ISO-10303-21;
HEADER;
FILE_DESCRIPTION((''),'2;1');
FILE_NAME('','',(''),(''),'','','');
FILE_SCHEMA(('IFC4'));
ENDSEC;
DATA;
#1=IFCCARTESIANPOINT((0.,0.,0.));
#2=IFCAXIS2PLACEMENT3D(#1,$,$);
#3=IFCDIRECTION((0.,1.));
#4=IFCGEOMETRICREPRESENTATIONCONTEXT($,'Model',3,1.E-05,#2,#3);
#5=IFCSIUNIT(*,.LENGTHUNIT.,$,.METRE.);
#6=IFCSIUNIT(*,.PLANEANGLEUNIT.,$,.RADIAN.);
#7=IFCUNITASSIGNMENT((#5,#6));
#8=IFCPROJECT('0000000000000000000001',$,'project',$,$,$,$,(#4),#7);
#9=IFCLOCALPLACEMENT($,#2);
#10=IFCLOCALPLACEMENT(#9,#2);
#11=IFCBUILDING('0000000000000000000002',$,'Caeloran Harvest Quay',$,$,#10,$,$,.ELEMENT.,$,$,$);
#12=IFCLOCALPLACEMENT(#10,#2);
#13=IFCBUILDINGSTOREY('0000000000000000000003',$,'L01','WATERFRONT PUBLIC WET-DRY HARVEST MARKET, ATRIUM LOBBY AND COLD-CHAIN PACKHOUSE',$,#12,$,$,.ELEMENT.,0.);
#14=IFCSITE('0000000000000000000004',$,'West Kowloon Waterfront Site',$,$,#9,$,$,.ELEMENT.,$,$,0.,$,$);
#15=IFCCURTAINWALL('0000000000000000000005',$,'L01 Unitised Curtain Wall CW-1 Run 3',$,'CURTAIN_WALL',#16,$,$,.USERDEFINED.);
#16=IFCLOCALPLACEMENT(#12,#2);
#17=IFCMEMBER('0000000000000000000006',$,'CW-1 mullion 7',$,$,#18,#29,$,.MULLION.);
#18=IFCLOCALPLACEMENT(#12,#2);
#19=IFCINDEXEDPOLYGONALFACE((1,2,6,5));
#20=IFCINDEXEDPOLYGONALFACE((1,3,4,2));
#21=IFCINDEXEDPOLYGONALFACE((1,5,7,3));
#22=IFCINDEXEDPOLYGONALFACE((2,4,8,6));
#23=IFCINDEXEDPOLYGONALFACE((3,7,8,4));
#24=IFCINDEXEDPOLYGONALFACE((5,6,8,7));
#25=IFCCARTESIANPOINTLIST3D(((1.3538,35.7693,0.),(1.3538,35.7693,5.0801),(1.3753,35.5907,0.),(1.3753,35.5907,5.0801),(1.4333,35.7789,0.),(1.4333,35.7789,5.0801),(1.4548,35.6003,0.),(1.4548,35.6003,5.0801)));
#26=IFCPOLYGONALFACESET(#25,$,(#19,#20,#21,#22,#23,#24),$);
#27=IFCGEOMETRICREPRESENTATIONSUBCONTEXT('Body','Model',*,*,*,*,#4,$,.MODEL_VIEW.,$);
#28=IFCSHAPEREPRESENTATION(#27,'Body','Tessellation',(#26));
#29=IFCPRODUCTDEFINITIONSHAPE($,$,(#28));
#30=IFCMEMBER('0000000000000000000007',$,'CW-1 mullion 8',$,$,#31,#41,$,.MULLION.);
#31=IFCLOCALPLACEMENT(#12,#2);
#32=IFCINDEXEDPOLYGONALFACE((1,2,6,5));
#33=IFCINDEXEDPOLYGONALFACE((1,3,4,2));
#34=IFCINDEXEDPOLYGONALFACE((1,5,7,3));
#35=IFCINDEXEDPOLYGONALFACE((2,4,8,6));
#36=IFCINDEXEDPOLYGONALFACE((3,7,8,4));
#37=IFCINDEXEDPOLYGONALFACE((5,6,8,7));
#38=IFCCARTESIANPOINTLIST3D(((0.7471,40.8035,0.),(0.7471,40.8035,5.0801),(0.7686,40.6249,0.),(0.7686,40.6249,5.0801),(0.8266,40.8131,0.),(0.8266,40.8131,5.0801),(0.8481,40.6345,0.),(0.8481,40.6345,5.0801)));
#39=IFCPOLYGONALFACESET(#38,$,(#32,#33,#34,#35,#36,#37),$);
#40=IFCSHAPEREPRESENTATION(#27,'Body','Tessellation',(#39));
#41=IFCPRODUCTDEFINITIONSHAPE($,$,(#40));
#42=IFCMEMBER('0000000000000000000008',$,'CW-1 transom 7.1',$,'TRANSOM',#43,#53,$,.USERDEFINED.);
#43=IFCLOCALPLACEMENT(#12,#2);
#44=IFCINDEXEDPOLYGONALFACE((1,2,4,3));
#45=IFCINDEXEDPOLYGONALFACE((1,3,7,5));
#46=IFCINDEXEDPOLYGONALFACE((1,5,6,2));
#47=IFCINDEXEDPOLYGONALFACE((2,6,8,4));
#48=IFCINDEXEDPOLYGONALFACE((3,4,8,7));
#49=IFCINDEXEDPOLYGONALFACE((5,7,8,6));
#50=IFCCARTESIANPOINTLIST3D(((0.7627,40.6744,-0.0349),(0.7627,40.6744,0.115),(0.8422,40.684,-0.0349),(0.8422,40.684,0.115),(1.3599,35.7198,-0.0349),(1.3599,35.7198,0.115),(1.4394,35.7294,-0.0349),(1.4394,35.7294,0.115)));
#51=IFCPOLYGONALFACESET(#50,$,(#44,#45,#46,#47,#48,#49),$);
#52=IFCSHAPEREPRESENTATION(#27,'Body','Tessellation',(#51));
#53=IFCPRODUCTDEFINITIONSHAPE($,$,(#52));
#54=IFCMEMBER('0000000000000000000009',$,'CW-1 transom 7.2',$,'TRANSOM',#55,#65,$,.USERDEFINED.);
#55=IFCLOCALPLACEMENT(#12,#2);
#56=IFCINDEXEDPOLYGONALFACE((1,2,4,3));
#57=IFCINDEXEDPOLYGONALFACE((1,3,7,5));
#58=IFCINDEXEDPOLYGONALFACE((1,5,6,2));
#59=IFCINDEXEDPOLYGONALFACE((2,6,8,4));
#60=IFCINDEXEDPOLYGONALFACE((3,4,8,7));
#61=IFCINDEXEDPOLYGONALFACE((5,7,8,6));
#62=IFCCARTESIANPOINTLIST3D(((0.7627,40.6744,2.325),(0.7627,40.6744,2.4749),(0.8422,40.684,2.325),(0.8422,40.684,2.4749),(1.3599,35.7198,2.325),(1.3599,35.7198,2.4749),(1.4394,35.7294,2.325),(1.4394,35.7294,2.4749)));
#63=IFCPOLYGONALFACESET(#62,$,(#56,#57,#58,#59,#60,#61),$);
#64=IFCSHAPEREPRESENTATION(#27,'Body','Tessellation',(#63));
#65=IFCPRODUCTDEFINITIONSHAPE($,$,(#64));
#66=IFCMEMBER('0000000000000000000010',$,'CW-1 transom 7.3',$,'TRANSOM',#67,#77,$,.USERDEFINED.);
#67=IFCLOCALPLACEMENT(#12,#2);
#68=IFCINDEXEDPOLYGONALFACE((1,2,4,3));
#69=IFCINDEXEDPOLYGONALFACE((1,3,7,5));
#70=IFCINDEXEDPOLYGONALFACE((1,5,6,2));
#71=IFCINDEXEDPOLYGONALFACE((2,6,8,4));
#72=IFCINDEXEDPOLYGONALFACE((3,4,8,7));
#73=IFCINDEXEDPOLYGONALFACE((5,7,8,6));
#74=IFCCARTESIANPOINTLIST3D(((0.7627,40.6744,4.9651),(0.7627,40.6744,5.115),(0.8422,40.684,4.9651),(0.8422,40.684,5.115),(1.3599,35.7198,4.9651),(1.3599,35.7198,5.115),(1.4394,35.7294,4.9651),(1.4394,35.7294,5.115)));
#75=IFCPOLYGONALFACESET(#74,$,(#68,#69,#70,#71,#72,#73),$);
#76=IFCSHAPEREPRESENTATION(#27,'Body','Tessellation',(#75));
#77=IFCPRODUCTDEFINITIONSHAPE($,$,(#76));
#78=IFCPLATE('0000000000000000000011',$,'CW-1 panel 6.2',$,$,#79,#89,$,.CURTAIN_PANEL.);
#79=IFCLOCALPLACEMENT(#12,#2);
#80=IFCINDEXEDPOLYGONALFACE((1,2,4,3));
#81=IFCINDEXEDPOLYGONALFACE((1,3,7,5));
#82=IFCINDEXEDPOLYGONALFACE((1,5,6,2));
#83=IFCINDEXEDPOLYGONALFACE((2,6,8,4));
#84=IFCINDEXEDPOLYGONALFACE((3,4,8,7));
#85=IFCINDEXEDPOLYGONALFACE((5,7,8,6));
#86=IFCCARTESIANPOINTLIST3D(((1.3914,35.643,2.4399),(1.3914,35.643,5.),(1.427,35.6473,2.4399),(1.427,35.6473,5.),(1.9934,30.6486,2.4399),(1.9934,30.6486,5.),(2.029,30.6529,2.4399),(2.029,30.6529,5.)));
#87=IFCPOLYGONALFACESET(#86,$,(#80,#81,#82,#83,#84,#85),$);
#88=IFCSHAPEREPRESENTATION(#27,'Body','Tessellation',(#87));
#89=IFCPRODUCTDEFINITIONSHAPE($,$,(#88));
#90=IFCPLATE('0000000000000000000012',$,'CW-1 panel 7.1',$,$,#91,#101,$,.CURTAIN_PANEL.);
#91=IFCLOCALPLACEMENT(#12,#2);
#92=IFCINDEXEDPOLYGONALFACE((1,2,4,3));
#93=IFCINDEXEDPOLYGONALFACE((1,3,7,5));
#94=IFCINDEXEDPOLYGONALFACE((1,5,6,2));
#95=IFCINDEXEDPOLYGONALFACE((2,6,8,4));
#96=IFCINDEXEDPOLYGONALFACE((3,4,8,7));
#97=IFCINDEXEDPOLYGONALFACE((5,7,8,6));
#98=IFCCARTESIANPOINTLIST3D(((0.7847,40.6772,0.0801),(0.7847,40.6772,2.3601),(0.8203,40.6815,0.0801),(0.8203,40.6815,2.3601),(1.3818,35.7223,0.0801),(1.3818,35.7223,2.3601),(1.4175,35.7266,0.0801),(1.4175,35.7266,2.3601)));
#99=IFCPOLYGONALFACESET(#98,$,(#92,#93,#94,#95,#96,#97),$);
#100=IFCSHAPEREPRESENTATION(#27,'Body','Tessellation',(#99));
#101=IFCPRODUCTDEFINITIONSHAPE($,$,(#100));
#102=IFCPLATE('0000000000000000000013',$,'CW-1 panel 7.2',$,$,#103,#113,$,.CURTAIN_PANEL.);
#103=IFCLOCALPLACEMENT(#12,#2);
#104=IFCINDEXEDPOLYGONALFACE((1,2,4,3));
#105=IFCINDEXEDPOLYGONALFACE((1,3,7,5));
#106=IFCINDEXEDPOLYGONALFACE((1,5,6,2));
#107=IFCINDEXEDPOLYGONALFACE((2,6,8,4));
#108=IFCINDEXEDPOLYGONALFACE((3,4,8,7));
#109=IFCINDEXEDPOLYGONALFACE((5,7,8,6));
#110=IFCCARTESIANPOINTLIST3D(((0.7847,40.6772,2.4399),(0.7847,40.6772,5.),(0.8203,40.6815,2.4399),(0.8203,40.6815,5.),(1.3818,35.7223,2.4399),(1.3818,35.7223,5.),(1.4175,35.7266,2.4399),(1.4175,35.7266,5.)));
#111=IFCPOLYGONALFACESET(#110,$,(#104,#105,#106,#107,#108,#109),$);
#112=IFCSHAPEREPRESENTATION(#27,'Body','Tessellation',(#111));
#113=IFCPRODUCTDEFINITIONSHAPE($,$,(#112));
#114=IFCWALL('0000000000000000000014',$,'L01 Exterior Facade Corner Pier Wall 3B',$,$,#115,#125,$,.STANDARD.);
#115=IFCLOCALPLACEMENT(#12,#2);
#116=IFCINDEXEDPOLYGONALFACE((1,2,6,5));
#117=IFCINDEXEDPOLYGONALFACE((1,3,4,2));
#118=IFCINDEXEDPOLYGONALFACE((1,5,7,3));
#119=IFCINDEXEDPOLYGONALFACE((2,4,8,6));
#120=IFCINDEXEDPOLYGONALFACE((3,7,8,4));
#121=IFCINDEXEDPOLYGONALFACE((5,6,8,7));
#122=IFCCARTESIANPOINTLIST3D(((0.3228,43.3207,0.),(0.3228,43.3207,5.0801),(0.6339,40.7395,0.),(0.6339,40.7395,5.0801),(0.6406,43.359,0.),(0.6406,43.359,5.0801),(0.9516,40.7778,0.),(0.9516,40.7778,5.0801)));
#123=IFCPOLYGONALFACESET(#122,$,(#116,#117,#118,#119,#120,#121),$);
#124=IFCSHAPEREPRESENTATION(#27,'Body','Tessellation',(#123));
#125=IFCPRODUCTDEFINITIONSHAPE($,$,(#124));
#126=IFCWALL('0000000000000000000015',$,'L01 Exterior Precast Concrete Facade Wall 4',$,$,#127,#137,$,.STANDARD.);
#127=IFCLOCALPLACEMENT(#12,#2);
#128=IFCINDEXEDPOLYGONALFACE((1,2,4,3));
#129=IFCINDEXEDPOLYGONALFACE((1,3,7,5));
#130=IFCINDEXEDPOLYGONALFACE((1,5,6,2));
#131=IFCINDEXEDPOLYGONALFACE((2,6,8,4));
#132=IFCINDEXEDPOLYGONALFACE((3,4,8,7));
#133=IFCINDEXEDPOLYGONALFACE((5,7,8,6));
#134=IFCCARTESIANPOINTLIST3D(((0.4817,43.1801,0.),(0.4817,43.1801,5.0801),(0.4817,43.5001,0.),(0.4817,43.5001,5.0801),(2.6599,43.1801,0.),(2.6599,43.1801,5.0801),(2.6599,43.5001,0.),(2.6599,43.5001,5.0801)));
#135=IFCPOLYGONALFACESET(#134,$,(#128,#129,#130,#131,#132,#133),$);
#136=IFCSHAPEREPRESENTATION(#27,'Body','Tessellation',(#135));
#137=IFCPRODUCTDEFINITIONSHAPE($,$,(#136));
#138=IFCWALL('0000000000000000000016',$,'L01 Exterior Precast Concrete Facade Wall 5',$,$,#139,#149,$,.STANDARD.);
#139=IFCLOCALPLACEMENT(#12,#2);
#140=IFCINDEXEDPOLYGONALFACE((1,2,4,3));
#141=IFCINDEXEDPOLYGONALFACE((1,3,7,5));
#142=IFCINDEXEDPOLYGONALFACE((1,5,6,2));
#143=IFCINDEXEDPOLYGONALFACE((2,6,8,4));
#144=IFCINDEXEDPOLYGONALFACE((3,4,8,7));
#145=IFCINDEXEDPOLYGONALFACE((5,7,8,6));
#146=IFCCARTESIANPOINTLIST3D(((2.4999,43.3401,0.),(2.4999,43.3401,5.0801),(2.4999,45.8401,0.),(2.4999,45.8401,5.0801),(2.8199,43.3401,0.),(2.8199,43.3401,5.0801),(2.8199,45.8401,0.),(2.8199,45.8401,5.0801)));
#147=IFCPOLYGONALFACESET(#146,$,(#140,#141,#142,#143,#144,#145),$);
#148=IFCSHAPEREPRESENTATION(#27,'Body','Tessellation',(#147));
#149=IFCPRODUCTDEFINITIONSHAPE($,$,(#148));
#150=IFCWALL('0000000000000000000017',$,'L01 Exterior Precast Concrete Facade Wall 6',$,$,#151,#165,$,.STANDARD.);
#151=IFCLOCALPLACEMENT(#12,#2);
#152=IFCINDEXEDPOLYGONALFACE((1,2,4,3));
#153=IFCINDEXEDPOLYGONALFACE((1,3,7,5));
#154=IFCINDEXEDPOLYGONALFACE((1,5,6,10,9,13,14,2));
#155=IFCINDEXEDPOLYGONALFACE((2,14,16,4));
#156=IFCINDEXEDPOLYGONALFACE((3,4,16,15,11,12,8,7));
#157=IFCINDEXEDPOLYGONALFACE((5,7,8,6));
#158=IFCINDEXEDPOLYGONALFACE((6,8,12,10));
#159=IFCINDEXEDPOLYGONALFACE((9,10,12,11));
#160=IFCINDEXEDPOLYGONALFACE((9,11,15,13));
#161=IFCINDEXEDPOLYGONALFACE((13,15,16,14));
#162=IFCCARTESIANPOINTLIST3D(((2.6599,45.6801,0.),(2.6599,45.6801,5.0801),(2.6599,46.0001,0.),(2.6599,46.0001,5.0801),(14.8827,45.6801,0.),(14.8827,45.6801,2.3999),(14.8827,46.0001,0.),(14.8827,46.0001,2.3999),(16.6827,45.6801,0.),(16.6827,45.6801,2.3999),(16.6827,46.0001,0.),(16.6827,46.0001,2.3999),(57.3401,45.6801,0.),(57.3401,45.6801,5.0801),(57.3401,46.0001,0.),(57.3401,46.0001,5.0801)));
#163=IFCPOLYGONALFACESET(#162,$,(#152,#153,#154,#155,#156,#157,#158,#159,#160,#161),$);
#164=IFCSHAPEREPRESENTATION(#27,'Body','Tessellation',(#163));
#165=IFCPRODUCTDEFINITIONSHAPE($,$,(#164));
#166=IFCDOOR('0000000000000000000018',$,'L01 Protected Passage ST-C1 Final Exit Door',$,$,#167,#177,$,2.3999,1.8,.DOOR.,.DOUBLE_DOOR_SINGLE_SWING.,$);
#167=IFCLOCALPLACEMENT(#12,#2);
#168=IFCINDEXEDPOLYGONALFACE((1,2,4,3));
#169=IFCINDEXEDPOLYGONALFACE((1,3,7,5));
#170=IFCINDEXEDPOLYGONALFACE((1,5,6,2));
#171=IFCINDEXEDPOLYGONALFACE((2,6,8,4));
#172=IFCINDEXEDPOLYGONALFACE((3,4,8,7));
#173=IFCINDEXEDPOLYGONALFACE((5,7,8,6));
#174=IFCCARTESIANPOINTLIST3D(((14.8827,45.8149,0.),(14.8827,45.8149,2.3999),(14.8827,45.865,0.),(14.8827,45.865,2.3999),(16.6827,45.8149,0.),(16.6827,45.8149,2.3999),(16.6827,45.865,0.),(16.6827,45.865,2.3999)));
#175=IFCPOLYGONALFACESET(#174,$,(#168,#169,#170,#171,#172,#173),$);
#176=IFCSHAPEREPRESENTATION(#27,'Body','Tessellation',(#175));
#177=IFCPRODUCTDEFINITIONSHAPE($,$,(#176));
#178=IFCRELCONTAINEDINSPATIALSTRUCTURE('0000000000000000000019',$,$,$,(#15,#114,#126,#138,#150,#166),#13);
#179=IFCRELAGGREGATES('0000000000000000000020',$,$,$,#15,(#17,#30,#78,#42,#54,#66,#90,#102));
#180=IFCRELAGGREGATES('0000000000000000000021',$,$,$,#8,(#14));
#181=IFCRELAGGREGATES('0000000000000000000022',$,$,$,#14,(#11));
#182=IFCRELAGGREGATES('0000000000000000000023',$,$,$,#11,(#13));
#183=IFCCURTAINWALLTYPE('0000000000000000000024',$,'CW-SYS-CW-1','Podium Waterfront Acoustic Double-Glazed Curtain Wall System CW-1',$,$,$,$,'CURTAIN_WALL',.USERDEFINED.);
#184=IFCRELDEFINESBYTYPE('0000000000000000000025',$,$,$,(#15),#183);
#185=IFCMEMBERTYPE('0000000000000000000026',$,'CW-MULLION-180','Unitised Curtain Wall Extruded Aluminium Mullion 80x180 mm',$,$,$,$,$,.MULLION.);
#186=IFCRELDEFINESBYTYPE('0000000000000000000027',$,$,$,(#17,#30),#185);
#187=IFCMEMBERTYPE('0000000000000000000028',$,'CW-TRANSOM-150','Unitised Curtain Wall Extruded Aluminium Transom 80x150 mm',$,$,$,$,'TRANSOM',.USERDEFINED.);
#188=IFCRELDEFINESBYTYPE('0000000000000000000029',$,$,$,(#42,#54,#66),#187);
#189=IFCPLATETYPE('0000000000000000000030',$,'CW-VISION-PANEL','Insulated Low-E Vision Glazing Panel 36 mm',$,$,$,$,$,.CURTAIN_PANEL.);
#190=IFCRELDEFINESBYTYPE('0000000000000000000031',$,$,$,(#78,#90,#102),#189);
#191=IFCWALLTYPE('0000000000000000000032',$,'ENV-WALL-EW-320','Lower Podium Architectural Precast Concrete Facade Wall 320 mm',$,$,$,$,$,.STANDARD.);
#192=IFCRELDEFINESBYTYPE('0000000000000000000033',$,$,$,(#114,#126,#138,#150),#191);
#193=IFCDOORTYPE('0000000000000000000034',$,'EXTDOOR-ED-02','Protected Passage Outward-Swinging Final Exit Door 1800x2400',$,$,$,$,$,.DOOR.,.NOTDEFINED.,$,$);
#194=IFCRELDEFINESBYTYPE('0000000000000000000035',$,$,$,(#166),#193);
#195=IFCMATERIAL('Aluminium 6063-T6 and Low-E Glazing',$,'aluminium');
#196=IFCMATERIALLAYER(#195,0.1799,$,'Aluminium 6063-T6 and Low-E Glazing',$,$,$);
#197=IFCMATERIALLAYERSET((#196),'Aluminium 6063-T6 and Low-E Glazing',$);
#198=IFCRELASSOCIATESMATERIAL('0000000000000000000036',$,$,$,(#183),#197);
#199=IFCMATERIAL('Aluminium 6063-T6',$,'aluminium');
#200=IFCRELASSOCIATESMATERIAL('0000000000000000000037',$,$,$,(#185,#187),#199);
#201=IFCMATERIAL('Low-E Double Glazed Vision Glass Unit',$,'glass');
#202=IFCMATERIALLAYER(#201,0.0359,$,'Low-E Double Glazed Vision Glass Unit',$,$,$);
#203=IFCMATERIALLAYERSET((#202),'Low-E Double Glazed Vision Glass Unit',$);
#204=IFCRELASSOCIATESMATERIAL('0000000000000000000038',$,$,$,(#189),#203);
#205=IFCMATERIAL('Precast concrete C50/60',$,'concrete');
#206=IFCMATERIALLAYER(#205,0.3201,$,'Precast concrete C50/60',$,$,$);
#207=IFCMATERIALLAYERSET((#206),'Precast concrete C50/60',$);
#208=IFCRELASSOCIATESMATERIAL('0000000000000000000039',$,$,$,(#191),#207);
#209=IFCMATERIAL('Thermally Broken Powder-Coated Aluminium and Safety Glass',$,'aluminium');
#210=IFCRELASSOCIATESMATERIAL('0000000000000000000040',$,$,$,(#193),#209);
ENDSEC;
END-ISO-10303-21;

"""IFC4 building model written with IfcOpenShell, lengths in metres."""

from ifc_helpers import new_model, si_unit, direction, frame, frame_2d, origin, origin_2d, place, context, subcontext, project, spatial, rectangle, extrude, material, layer, layer_set, material_profile, profile_set, type_object, element, fill, aggregate, save


model = new_model("IFC4")

# Units and contexts
model_context = context("Model", 3, precision=1e-05, world=origin(), true_north=direction((0.0, 1.0)))
body_context = subcontext(model_context, "Body", "Model", "MODEL_VIEW")
ifc_project = project(units=[si_unit("LENGTHUNIT", "METRE"), si_unit("PLANEANGLEUNIT", "RADIAN")], contexts=[model_context])

# Site, building, storey
site_placement = place(None, origin())
site = spatial("IfcSite", under=ifc_project, at=site_placement, Name="West Kowloon Waterfront Site", CompositionType="ELEMENT", RefElevation=0.0)
building_placement = place(site_placement, origin())
building = spatial("IfcBuilding", under=site, at=building_placement, Name="Caeloran Harvest Quay", CompositionType="ELEMENT")
storey_placement = place(building_placement, origin())
storey = spatial("IfcBuildingStorey", under=building, at=storey_placement, Name="L01", Description="WATERFRONT PUBLIC WET-DRY HARVEST MARKET, ATRIUM LOBBY AND COLD-CHAIN PACKHOUSE", CompositionType="ELEMENT", Elevation=0.0)

# Curtain wall, members, plates
ifc_material_1 = material(Name="Aluminium 6063-T6 and Low-E Glazing", Category="aluminium")
ifc_layer_1 = layer(ifc_material_1, 0.1799, Name="Aluminium 6063-T6 and Low-E Glazing")
ifc_layer_set_1 = layer_set([ifc_layer_1], Name="Aluminium 6063-T6 and Low-E Glazing")
curtain_wall_type = type_object("IfcCurtainWallType", Name="CW-SYS-CW-1", Description="Podium Waterfront Acoustic Double-Glazed Curtain Wall System CW-1", ElementType="CURTAIN_WALL", PredefinedType="USERDEFINED", material=ifc_layer_set_1)
curtain_wall_placement = place(storey_placement, origin())
curtain_wall = element("IfcCurtainWall", 1, at=curtain_wall_placement, inside=storey, type_object=curtain_wall_type, Name="L01 Unitised Curtain Wall CW-1 Run 3", ObjectType="CURTAIN_WALL", PredefinedType="USERDEFINED")
ifc_material_2 = material(Name="Aluminium 6063-T6", Category="aluminium")
ifc_material_profile_1 = material_profile(ifc_material_2, rectangle(XDim=0.0801, YDim=0.1799, at=origin_2d()), Name="CW-MULLION-180")
ifc_profile_set_1 = profile_set([ifc_material_profile_1], Name="Aluminium 6063-T6")
member_type_1 = type_object("IfcMemberType", Name="CW-MULLION-180", Description="Unitised Curtain Wall Extruded Aluminium Mullion 80x180 mm", PredefinedType="MULLION", material=ifc_profile_set_1)
member_1_placement = place(storey_placement, frame((1.4043, 35.6848, 0.0), z_axis=(0.0, 0.0, 1.0), x_axis=(-0.992815, -0.119658, 0.0)))
member_1 = element("IfcMember", 2, at=member_1_placement, type_object=member_type_1, Name="CW-1 mullion 7", PredefinedType="MULLION", context=body_context, shape_type="SweptSolid", body=[
    extrude(rectangle(XDim=0.0801, YDim=0.1799, at=origin_2d()), origin(), (0.0, 0.0, 1.0), 5.0801),
])
member_2_placement = place(storey_placement, frame((0.7976, 40.719, 0.0), z_axis=(0.0, 0.0, 1.0), x_axis=(-0.992815, -0.119658, 0.0)))
member_2 = element("IfcMember", 3, at=member_2_placement, type_object=member_type_1, Name="CW-1 mullion 8", PredefinedType="MULLION", context=body_context, shape_type="SweptSolid", body=[
    extrude(rectangle(XDim=0.0801, YDim=0.1799, at=origin_2d()), origin(), (0.0, 0.0, 1.0), 5.0801),
])
ifc_material_profile_2 = material_profile(ifc_material_2, rectangle(XDim=0.0801, YDim=0.1499, at=origin_2d()), Name="CW-TRANSOM-150")
ifc_profile_set_2 = profile_set([ifc_material_profile_2], Name="Aluminium 6063-T6")
member_type_2 = type_object("IfcMemberType", Name="CW-TRANSOM-150", Description="Unitised Curtain Wall Extruded Aluminium Transom 80x150 mm", ElementType="TRANSOM", PredefinedType="USERDEFINED", material=ifc_profile_set_2)
member_3_placement = place(storey_placement, frame((1.3997, 35.7246, 0.04), z_axis=(-0.119662, 0.992815, 0.0), x_axis=(-0.992815, -0.119662, 0.0)))
member_3 = element("IfcMember", 4, at=member_3_placement, type_object=member_type_2, Name="CW-1 transom 7.1", ObjectType="TRANSOM", PredefinedType="USERDEFINED", context=body_context, shape_type="SweptSolid", body=[
    extrude(rectangle(XDim=0.0801, YDim=0.1499, at=origin_2d()), origin(), (0.0, 0.0, 1.0), 4.9905),
])
member_4_placement = place(storey_placement, frame((1.3997, 35.7246, 2.3999), z_axis=(-0.119662, 0.992815, 0.0), x_axis=(-0.992815, -0.119662, 0.0)))
member_4 = element("IfcMember", 5, at=member_4_placement, type_object=member_type_2, Name="CW-1 transom 7.2", ObjectType="TRANSOM", PredefinedType="USERDEFINED", context=body_context, shape_type="SweptSolid", body=[
    extrude(rectangle(XDim=0.0801, YDim=0.1499, at=origin_2d()), origin(), (0.0, 0.0, 1.0), 4.9905),
])
member_5_placement = place(storey_placement, frame((1.3997, 35.7246, 5.04), z_axis=(-0.119662, 0.992815, 0.0), x_axis=(-0.992815, -0.119662, 0.0)))
member_5 = element("IfcMember", 6, at=member_5_placement, type_object=member_type_2, Name="CW-1 transom 7.3", ObjectType="TRANSOM", PredefinedType="USERDEFINED", context=body_context, shape_type="SweptSolid", body=[
    extrude(rectangle(XDim=0.0801, YDim=0.1499, at=origin_2d()), origin(), (0.0, 0.0, 1.0), 4.9905),
])
ifc_material_3 = material(Name="Low-E Double Glazed Vision Glass Unit", Category="glass")
ifc_layer_2 = layer(ifc_material_3, 0.0359, Name="Low-E Double Glazed Vision Glass Unit")
ifc_layer_set_2 = layer_set([ifc_layer_2], Name="Low-E Double Glazed Vision Glass Unit")
plate_type = type_object("IfcPlateType", Name="CW-VISION-PANEL", Description="Insulated Low-E Vision Glazing Panel 36 mm", PredefinedType="CURTAIN_PANEL", material=ifc_layer_set_2)
plate_1_placement = place(storey_placement, frame((1.7102, 33.1479, 2.4399), z_axis=(0.0, 0.0, 1.0), x_axis=(-0.119658, 0.992815, 0.0)))
plate_1 = element("IfcPlate", 7, at=plate_1_placement, type_object=plate_type, Name="CW-1 panel 6.2", PredefinedType="CURTAIN_PANEL", context=body_context, shape_type="SweptSolid", body=[
    extrude(rectangle(XDim=5.0305, YDim=0.0359, at=origin_2d()), origin(), (0.0, 0.0, 1.0), 2.5601),
])
plate_2_placement = place(storey_placement, frame((1.1011, 38.2019, 0.0801), z_axis=(0.0, 0.0, 1.0), x_axis=(-0.119658, 0.992815, 0.0)))
plate_2 = element("IfcPlate", 8, at=plate_2_placement, type_object=plate_type, Name="CW-1 panel 7.1", PredefinedType="CURTAIN_PANEL", context=body_context, shape_type="SweptSolid", body=[
    extrude(rectangle(XDim=4.9907, YDim=0.0359, at=origin_2d()), origin(), (0.0, 0.0, 1.0), 2.28),
])
plate_3_placement = place(storey_placement, frame((1.1011, 38.2019, 2.4399), z_axis=(0.0, 0.0, 1.0), x_axis=(-0.119658, 0.992815, 0.0)))
plate_3 = element("IfcPlate", 9, at=plate_3_placement, type_object=plate_type, Name="CW-1 panel 7.2", PredefinedType="CURTAIN_PANEL", context=body_context, shape_type="SweptSolid", body=[
    extrude(rectangle(XDim=4.9907, YDim=0.0359, at=origin_2d()), origin(), (0.0, 0.0, 1.0), 2.5601),
])
aggregate(curtain_wall, [member_1, member_2, plate_1, member_3, member_4, member_5, plate_2, plate_3])

# Walls
ifc_material_4 = material(Name="Precast concrete C50/60", Category="concrete")
ifc_layer_3 = layer(ifc_material_4, 0.3201, Name="Precast concrete C50/60")
ifc_layer_set_3 = layer_set([ifc_layer_3], Name="Precast concrete C50/60")
wall_type_1 = type_object("IfcWallType", Name="ENV-WALL-EW-320", Description="Lower Podium Architectural Precast Concrete Facade Wall 320 mm", PredefinedType="STANDARD", material=ifc_layer_set_3)
wall_1_placement = place(storey_placement, frame((0.7927, 40.7588, 0.0), z_axis=(0.0, 0.0, 1.0), x_axis=(-0.11963, 0.992819, 0.0)))
element("IfcWall", 10, at=wall_1_placement, inside=storey, type_object=wall_type_1, Name="L01 Exterior Facade Corner Pier Wall 3B", PredefinedType="STANDARD", context=body_context, shape_type="SweptSolid", body=[
    extrude(rectangle(XDim=2.5999, YDim=0.3201, at=frame_2d((1.2998, 0.0))), origin(), (0.0, 0.0, 1.0), 5.0801),
])
wall_2_placement = place(storey_placement, frame((0.4817, 43.3401, 0.0), z_axis=(0.0, 0.0, 1.0), x_axis=(1.0, 0.0, 0.0)))
element("IfcWall", 11, at=wall_2_placement, inside=storey, type_object=wall_type_1, Name="L01 Exterior Precast Concrete Facade Wall 4", PredefinedType="STANDARD", context=body_context, shape_type="SweptSolid", body=[
    extrude(rectangle(XDim=2.1782, YDim=0.3201, at=frame_2d((1.0891, 0.0))), origin(), (0.0, 0.0, 1.0), 5.0801),
])
wall_3_placement = place(storey_placement, frame((2.6599, 43.3401, 0.0), z_axis=(0.0, 0.0, 1.0), x_axis=(0.0, 1.0, 0.0)))
element("IfcWall", 12, at=wall_3_placement, inside=storey, type_object=wall_type_1, Name="L01 Exterior Precast Concrete Facade Wall 5", PredefinedType="STANDARD", context=body_context, shape_type="SweptSolid", body=[
    extrude(rectangle(XDim=2.5, YDim=0.3201, at=frame_2d((1.25, 0.0))), origin(), (0.0, 0.0, 1.0), 5.0801),
])

# Wall, opening, door
wall_4_placement = place(storey_placement, frame((2.6599, 45.8401, 0.0), z_axis=(0.0, 0.0, 1.0), x_axis=(1.0, 0.0, 0.0)))
wall_4 = element("IfcWall", 13, at=wall_4_placement, inside=storey, type_object=wall_type_1, Name="L01 Exterior Precast Concrete Facade Wall 6", PredefinedType="STANDARD", context=body_context, shape_type="SweptSolid", body=[
    extrude(rectangle(XDim=54.6802, YDim=0.3201, at=frame_2d((27.3401, 0.0))), origin(), (0.0, 0.0, 1.0), 5.0801),
])
opening_1_placement = place(wall_4_placement, frame((12.2229, 0.0, 0.0)))
opening_1 = element("IfcOpeningElement", 14, at=opening_1_placement, cuts=wall_4, PredefinedType="OPENING", context=body_context, shape_type="SweptSolid", body=[
    extrude(rectangle(XDim=1.8, YDim=2.3999, at=frame_2d((0.8999, 1.2))), frame((0.0, 0.1699, 0.0), z_axis=(0.0, -1.0, 0.0), x_axis=(1.0, 0.0, 0.0)), (0.0, 0.0, 1.0), 0.3401),
])
ifc_material_5 = material(Name="Thermally Broken Powder-Coated Aluminium and Safety Glass", Category="aluminium")
door_type_1 = type_object("IfcDoorType", Name="EXTDOOR-ED-02", Description="Protected Passage Outward-Swinging Final Exit Door 1800x2400", OperationType="NOTDEFINED", PredefinedType="DOOR", material=ifc_material_5)
door_1_placement = place(opening_1_placement, origin())
door_1 = element("IfcDoor", 15, at=door_1_placement, inside=storey, type_object=door_type_1, Name="L01 Protected Passage ST-C1 Final Exit Door", OperationType="DOUBLE_DOOR_SINGLE_SWING", OverallHeight=2.3999, OverallWidth=1.8, PredefinedType="DOOR", context=body_context, shape_type="SweptSolid", body=[
    extrude(rectangle(XDim=1.8, YDim=2.3999, at=frame_2d((0.8999, 1.2))), frame((0.0, 0.0249, 0.0), z_axis=(0.0, -1.0, 0.0), x_axis=(1.0, 0.0, 0.0)), (0.0, 0.0, 1.0), 0.05),
])
fill(opening_1, door_1)

save(model, "model.ifc")
